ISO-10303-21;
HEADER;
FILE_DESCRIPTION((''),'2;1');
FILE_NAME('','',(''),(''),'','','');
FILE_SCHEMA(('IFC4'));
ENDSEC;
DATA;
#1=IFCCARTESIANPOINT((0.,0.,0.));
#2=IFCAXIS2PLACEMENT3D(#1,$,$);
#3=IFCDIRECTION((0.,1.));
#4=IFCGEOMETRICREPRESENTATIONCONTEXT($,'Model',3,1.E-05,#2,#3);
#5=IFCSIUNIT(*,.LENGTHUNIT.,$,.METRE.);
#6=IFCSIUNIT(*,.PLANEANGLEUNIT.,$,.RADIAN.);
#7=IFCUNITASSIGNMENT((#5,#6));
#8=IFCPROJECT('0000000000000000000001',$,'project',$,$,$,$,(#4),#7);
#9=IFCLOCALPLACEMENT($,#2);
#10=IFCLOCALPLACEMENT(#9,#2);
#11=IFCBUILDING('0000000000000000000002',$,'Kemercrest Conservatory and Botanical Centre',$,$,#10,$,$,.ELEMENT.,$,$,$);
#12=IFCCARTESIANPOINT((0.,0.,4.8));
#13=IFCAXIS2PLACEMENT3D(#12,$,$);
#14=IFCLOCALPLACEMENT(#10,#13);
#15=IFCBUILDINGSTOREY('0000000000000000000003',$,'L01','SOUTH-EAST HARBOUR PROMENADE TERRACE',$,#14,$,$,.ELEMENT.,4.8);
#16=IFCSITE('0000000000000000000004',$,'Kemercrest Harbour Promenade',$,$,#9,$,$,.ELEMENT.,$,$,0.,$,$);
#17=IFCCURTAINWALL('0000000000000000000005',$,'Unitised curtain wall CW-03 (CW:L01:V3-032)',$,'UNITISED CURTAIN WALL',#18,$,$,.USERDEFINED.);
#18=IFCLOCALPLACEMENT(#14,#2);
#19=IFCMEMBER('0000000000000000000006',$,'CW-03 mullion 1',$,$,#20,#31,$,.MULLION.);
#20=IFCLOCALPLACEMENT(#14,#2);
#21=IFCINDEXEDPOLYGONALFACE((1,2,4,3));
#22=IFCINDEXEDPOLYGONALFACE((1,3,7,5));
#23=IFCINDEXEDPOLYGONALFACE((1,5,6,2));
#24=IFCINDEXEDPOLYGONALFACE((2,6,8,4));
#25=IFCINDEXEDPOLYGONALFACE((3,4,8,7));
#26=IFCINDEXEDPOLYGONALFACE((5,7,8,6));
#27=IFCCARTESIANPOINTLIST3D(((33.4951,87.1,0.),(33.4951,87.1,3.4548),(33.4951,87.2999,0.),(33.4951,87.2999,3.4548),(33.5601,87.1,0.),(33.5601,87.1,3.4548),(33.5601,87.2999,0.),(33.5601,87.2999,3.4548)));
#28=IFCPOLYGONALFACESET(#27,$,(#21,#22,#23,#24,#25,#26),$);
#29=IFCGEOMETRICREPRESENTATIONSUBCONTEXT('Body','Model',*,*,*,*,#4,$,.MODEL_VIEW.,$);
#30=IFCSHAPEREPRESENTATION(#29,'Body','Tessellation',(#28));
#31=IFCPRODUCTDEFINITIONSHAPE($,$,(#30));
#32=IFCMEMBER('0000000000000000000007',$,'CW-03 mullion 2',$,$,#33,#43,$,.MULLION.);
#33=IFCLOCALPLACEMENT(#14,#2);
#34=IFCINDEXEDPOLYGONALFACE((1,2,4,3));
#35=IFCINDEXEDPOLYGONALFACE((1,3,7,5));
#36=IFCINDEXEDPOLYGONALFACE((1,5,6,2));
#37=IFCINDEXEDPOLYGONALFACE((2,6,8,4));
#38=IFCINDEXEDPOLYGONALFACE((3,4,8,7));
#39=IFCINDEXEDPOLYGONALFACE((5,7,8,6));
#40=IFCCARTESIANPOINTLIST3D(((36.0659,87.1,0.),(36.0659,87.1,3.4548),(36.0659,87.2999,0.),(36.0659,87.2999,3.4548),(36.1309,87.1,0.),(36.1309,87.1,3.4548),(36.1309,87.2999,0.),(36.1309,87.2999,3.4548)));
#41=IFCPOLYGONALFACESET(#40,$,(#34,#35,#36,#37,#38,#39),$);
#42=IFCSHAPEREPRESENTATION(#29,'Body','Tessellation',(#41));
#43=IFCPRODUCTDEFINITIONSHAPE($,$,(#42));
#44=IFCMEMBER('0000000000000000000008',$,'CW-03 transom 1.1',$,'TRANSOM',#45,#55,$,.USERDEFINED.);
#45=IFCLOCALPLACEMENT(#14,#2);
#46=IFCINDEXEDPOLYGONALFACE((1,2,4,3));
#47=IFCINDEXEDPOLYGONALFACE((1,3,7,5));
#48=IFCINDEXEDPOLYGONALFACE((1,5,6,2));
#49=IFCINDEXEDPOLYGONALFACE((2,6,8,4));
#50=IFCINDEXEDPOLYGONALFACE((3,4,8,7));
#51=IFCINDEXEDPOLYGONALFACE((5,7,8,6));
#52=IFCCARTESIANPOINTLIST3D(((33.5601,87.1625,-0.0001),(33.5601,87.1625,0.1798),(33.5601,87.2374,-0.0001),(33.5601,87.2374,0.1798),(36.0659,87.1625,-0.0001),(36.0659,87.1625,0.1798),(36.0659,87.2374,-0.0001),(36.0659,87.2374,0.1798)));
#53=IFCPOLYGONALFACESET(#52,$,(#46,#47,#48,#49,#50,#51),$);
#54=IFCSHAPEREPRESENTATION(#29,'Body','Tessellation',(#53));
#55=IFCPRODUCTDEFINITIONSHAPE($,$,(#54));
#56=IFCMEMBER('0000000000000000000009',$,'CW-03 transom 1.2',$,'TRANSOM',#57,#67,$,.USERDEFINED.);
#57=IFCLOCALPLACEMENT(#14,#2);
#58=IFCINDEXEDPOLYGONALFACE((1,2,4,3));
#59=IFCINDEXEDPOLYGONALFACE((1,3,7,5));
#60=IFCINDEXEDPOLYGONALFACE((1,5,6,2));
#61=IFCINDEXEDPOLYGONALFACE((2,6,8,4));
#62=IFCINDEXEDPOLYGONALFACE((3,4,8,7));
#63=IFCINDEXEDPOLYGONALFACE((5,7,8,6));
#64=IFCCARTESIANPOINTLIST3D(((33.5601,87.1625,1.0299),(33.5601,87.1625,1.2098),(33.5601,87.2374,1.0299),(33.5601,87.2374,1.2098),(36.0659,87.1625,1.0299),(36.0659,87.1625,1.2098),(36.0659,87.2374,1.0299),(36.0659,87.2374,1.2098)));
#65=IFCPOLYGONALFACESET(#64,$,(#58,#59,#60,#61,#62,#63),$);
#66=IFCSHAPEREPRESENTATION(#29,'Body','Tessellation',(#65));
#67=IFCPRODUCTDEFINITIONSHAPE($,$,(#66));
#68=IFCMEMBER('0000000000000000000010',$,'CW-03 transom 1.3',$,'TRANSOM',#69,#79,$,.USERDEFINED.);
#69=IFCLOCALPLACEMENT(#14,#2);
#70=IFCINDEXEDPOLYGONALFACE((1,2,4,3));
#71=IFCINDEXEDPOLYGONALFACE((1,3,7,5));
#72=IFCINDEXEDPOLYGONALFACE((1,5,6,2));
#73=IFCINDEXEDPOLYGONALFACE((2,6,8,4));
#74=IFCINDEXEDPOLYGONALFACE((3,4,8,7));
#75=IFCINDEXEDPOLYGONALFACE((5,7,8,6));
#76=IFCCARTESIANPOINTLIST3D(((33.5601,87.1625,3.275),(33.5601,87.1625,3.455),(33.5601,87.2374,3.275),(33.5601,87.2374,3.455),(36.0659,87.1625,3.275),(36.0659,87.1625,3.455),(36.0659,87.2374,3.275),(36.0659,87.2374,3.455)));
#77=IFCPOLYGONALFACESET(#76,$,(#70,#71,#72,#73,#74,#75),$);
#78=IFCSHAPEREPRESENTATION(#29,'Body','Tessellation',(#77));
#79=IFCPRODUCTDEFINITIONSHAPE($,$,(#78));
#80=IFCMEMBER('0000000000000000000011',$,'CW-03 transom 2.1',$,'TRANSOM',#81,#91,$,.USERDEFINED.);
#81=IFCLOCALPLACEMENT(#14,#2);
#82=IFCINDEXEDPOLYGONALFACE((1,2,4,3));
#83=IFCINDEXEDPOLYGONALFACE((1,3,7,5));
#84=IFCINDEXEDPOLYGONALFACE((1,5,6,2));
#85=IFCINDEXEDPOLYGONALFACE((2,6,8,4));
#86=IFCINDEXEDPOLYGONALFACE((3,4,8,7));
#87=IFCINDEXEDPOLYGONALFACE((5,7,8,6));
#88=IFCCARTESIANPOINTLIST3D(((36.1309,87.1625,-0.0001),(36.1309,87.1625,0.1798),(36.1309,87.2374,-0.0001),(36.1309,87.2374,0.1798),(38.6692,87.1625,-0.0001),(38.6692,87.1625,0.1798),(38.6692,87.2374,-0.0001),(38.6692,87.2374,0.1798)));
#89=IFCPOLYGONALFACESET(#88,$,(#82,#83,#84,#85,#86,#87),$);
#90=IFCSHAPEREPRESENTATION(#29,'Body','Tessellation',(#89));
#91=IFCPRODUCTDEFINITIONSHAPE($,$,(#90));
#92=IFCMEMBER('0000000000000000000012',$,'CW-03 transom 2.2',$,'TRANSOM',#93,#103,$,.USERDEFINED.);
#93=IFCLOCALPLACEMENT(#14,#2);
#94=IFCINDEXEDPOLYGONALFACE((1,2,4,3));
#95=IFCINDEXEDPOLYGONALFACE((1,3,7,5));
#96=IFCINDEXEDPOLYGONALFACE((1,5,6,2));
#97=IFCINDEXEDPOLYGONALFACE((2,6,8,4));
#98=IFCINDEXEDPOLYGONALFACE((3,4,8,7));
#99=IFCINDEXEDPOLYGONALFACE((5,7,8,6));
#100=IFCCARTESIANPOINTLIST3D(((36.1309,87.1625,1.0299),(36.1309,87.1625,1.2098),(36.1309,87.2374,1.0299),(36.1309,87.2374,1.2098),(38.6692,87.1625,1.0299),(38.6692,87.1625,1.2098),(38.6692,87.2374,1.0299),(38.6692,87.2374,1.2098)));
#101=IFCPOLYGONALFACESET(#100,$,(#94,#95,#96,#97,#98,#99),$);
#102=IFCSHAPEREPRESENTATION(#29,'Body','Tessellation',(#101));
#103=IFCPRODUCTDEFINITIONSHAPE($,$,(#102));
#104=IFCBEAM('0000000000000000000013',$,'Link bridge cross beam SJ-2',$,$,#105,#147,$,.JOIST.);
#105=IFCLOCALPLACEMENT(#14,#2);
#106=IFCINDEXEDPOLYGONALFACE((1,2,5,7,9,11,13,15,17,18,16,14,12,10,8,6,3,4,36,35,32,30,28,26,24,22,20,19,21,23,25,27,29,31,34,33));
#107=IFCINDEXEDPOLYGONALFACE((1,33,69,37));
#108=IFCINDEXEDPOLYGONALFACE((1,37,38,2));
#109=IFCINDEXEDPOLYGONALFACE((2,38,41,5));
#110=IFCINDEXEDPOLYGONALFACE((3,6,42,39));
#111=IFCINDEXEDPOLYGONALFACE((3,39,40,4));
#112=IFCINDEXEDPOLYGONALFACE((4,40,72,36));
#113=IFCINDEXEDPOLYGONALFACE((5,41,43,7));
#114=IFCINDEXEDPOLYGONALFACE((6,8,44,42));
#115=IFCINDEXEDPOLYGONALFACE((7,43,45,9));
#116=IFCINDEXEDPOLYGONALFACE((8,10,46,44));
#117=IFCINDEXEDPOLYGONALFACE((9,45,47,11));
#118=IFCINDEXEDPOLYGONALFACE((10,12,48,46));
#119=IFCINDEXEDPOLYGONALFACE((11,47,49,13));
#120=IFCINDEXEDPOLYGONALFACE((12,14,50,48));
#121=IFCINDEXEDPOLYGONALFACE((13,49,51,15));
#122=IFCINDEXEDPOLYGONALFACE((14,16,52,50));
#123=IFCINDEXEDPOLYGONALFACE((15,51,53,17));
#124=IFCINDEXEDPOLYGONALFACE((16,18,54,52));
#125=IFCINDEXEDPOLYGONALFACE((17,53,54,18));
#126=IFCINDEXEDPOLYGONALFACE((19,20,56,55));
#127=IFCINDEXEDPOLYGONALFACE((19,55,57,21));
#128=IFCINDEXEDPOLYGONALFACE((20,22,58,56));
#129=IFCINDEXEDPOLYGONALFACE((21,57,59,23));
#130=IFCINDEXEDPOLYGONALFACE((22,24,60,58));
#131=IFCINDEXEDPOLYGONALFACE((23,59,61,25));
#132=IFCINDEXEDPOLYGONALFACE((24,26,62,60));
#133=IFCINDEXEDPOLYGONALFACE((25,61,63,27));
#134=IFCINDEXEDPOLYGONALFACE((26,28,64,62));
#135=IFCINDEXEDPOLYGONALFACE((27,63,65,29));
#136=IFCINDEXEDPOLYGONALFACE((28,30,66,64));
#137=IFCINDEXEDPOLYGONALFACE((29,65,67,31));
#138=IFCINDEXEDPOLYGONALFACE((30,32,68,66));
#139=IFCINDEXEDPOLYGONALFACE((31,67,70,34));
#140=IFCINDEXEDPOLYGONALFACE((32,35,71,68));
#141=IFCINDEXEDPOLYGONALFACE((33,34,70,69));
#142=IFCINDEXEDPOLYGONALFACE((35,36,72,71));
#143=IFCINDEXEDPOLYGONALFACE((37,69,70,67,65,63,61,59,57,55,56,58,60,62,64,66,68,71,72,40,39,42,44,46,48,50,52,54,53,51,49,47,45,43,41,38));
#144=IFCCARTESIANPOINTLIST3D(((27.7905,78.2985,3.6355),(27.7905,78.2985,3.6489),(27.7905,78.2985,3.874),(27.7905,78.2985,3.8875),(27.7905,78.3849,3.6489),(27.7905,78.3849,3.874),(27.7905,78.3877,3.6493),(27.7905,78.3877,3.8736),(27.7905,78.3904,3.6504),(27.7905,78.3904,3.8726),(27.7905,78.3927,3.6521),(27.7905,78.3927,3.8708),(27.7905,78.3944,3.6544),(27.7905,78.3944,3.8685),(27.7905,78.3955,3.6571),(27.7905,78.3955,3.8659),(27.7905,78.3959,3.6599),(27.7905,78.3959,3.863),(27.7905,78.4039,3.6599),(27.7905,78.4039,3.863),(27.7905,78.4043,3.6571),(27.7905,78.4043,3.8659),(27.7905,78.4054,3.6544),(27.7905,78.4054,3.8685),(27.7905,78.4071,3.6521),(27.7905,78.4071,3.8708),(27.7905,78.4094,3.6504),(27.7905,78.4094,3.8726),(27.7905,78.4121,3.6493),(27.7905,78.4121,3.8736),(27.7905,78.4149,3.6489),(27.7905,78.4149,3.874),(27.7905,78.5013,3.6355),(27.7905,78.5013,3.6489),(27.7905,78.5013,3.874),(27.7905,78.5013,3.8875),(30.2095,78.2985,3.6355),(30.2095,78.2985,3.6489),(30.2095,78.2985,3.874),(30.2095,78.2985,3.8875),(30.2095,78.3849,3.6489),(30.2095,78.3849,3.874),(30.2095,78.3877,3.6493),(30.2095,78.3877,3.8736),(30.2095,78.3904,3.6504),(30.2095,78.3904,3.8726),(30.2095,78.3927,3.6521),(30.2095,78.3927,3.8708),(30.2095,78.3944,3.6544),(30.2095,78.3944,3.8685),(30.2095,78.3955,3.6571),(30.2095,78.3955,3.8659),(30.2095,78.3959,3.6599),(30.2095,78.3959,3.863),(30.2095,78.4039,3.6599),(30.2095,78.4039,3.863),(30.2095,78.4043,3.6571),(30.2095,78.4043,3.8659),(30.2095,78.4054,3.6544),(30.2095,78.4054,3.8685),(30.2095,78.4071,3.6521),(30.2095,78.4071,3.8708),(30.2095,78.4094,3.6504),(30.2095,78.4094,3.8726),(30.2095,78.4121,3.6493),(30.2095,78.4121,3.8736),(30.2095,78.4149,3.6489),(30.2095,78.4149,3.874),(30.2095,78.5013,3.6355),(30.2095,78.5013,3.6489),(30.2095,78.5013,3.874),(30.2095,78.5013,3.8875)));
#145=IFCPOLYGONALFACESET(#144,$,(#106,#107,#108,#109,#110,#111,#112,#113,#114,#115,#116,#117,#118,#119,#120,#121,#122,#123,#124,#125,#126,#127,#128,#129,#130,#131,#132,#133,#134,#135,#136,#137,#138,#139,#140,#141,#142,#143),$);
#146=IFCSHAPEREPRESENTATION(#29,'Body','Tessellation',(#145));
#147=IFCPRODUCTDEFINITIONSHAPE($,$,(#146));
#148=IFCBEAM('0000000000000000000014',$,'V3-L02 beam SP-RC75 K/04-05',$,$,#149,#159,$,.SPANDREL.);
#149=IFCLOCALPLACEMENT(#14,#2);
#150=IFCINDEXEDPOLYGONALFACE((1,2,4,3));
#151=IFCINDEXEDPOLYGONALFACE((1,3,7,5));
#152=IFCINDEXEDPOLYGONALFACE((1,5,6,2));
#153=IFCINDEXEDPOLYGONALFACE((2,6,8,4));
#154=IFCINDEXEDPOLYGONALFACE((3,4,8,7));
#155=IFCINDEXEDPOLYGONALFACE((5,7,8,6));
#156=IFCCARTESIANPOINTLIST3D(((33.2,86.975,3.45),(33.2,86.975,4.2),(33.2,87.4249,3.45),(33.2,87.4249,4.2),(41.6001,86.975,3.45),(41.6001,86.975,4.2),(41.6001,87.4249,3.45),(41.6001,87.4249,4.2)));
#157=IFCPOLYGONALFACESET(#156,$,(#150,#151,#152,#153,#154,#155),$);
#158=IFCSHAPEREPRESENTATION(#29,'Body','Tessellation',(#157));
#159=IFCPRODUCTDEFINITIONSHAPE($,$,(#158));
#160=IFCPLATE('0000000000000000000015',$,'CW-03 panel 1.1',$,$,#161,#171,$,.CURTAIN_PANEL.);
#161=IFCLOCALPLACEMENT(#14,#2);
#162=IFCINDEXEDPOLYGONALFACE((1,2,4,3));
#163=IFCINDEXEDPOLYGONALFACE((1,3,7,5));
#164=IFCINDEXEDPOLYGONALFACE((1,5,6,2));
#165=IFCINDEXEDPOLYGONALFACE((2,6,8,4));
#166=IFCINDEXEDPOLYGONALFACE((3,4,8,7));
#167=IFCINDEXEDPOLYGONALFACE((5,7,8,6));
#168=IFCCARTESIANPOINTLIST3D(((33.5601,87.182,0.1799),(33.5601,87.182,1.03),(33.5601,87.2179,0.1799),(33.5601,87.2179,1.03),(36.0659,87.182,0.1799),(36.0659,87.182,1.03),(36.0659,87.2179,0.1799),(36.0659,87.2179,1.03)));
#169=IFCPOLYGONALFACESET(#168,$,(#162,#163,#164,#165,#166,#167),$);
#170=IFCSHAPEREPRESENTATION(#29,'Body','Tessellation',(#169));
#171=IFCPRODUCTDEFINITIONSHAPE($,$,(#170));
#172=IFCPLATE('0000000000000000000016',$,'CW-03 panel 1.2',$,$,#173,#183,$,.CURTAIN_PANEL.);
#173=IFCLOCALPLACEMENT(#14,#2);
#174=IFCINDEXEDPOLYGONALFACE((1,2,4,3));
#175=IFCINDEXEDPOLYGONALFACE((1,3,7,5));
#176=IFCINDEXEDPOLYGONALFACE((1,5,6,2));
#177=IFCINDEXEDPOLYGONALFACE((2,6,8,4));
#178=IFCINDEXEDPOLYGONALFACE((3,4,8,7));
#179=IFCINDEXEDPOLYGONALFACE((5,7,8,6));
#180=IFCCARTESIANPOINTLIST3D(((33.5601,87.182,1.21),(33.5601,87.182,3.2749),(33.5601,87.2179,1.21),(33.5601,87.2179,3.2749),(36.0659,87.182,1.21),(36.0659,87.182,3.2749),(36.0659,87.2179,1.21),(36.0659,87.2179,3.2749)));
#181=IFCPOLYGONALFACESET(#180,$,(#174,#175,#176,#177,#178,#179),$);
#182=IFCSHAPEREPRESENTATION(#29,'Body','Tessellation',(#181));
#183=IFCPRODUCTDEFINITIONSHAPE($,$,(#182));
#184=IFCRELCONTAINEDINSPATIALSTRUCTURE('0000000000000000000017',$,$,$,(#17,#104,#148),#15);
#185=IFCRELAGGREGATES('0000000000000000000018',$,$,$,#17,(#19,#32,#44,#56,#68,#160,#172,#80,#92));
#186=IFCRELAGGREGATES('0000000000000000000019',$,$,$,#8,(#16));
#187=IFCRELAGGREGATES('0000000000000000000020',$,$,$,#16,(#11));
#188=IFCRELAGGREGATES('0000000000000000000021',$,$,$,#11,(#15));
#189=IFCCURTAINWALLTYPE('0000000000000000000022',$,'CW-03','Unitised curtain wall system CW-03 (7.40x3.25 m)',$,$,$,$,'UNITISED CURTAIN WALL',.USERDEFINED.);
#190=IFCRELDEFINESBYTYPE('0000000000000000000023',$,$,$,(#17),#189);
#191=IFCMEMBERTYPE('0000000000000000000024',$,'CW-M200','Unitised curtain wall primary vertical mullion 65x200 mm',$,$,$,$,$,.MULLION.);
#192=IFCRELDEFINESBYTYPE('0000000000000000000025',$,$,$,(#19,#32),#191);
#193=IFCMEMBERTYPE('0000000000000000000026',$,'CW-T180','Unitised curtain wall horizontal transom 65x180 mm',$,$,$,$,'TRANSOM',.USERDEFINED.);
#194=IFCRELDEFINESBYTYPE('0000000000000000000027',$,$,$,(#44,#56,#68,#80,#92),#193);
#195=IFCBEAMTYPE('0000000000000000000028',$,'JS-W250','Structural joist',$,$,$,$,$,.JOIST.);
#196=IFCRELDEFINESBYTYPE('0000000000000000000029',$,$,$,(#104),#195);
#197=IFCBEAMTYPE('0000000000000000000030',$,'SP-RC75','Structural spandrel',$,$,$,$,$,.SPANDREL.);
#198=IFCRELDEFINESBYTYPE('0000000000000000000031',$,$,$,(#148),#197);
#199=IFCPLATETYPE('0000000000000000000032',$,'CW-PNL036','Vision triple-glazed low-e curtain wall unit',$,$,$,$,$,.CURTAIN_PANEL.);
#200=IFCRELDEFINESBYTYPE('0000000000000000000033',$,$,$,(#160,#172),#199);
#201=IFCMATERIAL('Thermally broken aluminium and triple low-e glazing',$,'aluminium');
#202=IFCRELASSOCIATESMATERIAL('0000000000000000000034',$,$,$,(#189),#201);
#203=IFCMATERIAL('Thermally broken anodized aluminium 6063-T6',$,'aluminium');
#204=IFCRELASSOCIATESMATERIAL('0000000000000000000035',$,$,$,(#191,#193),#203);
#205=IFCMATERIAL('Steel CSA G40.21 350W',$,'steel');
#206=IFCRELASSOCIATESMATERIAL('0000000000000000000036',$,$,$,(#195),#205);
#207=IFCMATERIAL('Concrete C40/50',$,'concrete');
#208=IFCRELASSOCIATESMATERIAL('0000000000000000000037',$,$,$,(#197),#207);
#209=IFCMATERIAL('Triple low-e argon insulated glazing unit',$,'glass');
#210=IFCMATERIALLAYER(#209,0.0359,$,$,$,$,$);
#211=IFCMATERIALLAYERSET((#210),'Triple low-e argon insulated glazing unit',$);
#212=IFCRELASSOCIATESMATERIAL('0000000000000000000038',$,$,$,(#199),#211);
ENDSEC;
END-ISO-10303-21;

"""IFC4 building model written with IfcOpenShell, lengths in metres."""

from ifc_helpers import new_model, si_unit, direction, frame, origin, origin_2d, place, context, subcontext, project, spatial, rectangle, i_section, extrude, material, layer, layer_set, material_profile, profile_set, type_object, element, aggregate, save


model = new_model("IFC4")

# Units and contexts
model_context = context("Model", 3, precision=1e-05, world=origin(), true_north=direction((0.0, 1.0)))
body_context = subcontext(model_context, "Body", "Model", "MODEL_VIEW")
ifc_project = project(units=[si_unit("LENGTHUNIT", "METRE"), si_unit("PLANEANGLEUNIT", "RADIAN")], contexts=[model_context])

# Site, building, storey
site_placement = place(None, origin())
site = spatial("IfcSite", under=ifc_project, at=site_placement, Name="Kemercrest Harbour Promenade", CompositionType="ELEMENT", RefElevation=0.0)
building_placement = place(site_placement, origin())
building = spatial("IfcBuilding", under=site, at=building_placement, Name="Kemercrest Conservatory and Botanical Centre", CompositionType="ELEMENT")
storey_placement = place(building_placement, frame((0.0, 0.0, 4.8)))
storey = spatial("IfcBuildingStorey", under=building, at=storey_placement, Name="L01", Description="SOUTH-EAST HARBOUR PROMENADE TERRACE", CompositionType="ELEMENT", Elevation=4.8)

# Shared definitions
ifc_material_1 = material(Name="Concrete C40/50", Category="concrete")
ifc_material_2 = material(Name="Steel CSA G40.21 350W", Category="steel")

# Curtain wall, members
ifc_material_3 = material(Name="Thermally broken aluminium and triple low-e glazing", Category="aluminium")
curtain_wall_type = type_object("IfcCurtainWallType", Name="CW-03", Description="Unitised curtain wall system CW-03 (7.40x3.25 m)", ElementType="UNITISED CURTAIN WALL", PredefinedType="USERDEFINED", material=ifc_material_3)
curtain_wall_placement = place(storey_placement, origin())
curtain_wall = element("IfcCurtainWall", 1, at=curtain_wall_placement, inside=storey, type_object=curtain_wall_type, Name="Unitised curtain wall CW-03 (CW:L01:V3-032)", ObjectType="UNITISED CURTAIN WALL", PredefinedType="USERDEFINED")
ifc_material_4 = material(Name="Thermally broken anodized aluminium 6063-T6", Category="aluminium")
ifc_material_profile_1 = material_profile(ifc_material_4, rectangle(XDim=0.2, YDim=0.0649, at=origin_2d()), Name="AL MULLION 65x200")
ifc_profile_set_1 = profile_set([ifc_material_profile_1], Name="Thermally broken anodized aluminium 6063-T6")
member_type_1 = type_object("IfcMemberType", Name="CW-M200", Description="Unitised curtain wall primary vertical mullion 65x200 mm", PredefinedType="MULLION", material=ifc_profile_set_1)
member_1_placement = place(storey_placement, frame((33.5276, 87.2, 0.0), z_axis=(0.0, 0.0, 1.0), x_axis=(0.0, 1.0, 0.0)))
member_1 = element("IfcMember", 2, at=member_1_placement, type_object=member_type_1, Name="CW-03 mullion 1", PredefinedType="MULLION", context=body_context, shape_type="SweptSolid", body=[
    extrude(rectangle(XDim=0.2, YDim=0.0649, at=origin_2d()), origin(), (0.0, 0.0, 1.0), 3.4548),
])
member_2_placement = place(storey_placement, frame((36.0984, 87.2, 0.0), z_axis=(0.0, 0.0, 1.0), x_axis=(0.0, 1.0, 0.0)))
member_2 = element("IfcMember", 3, at=member_2_placement, type_object=member_type_1, Name="CW-03 mullion 2", PredefinedType="MULLION", context=body_context, shape_type="SweptSolid", body=[
    extrude(rectangle(XDim=0.2, YDim=0.0649, at=origin_2d()), origin(), (0.0, 0.0, 1.0), 3.4548),
])
ifc_material_profile_2 = material_profile(ifc_material_4, rectangle(XDim=0.075, YDim=0.1799, at=origin_2d()), Name="AL TRANSOM 75x180")
ifc_profile_set_2 = profile_set([ifc_material_profile_2], Name="Thermally broken anodized aluminium 6063-T6")
member_type_2 = type_object("IfcMemberType", Name="CW-T180", Description="Unitised curtain wall horizontal transom 65x180 mm", ElementType="TRANSOM", PredefinedType="USERDEFINED", material=ifc_profile_set_2)
member_3_placement = place(storey_placement, frame((33.5601, 87.2, 0.0898), z_axis=(1.0, 0.0, 0.0), x_axis=(0.0, 1.0, 0.0)))
member_3 = element("IfcMember", 4, at=member_3_placement, type_object=member_type_2, Name="CW-03 transom 1.1", ObjectType="TRANSOM", PredefinedType="USERDEFINED", context=body_context, shape_type="SweptSolid", body=[
    extrude(rectangle(XDim=0.075, YDim=0.1799, at=origin_2d()), origin(), (0.0, 0.0, 1.0), 2.5059),
])
member_4_placement = place(storey_placement, frame((33.5601, 87.2, 1.1199), z_axis=(1.0, 0.0, 0.0), x_axis=(0.0, 1.0, 0.0)))
member_4 = element("IfcMember", 5, at=member_4_placement, type_object=member_type_2, Name="CW-03 transom 1.2", ObjectType="TRANSOM", PredefinedType="USERDEFINED", context=body_context, shape_type="SweptSolid", body=[
    extrude(rectangle(XDim=0.075, YDim=0.1799, at=origin_2d()), origin(), (0.0, 0.0, 1.0), 2.5059),
])
member_5_placement = place(storey_placement, frame((33.5601, 87.2, 3.365), z_axis=(1.0, 0.0, 0.0), x_axis=(0.0, 1.0, 0.0)))
member_5 = element("IfcMember", 6, at=member_5_placement, type_object=member_type_2, Name="CW-03 transom 1.3", ObjectType="TRANSOM", PredefinedType="USERDEFINED", context=body_context, shape_type="SweptSolid", body=[
    extrude(rectangle(XDim=0.075, YDim=0.1799, at=origin_2d()), origin(), (0.0, 0.0, 1.0), 2.5059),
])
member_6_placement = place(storey_placement, frame((36.1309, 87.2, 0.0898), z_axis=(1.0, 0.0, 0.0), x_axis=(0.0, 1.0, 0.0)))
member_6 = element("IfcMember", 7, at=member_6_placement, type_object=member_type_2, Name="CW-03 transom 2.1", ObjectType="TRANSOM", PredefinedType="USERDEFINED", context=body_context, shape_type="SweptSolid", body=[
    extrude(rectangle(XDim=0.075, YDim=0.1799, at=origin_2d()), origin(), (0.0, 0.0, 1.0), 2.5383),
])
member_7_placement = place(storey_placement, frame((36.1309, 87.2, 1.1199), z_axis=(1.0, 0.0, 0.0), x_axis=(0.0, 1.0, 0.0)))
member_7 = element("IfcMember", 8, at=member_7_placement, type_object=member_type_2, Name="CW-03 transom 2.2", ObjectType="TRANSOM", PredefinedType="USERDEFINED", context=body_context, shape_type="SweptSolid", body=[
    extrude(rectangle(XDim=0.075, YDim=0.1799, at=origin_2d()), origin(), (0.0, 0.0, 1.0), 2.5383),
])

# Beams
ifc_material_profile_3 = material_profile(ifc_material_2, i_section(OverallWidth=0.2029, OverallDepth=0.252, WebThickness=0.0081, FlangeThickness=0.0134, FilletRadius=0.011, at=origin_2d()), Name="W250X58")
ifc_profile_set_3 = profile_set([ifc_material_profile_3], Name="Steel CSA G40.21 350W")
beam_type_1 = type_object("IfcBeamType", Name="JS-W250", Description="Structural joist", PredefinedType="JOIST", material=ifc_profile_set_3)
beam_1_placement = place(storey_placement, frame((27.7905, 78.3999, 3.7615), z_axis=(1.0, 0.0, 0.0), x_axis=(0.0, 1.0, 0.0)))
element("IfcBeam", 9, at=beam_1_placement, inside=storey, type_object=beam_type_1, Name="Link bridge cross beam SJ-2", PredefinedType="JOIST", context=body_context, shape_type="SweptSolid", body=[
    extrude(i_section(OverallWidth=0.2029, OverallDepth=0.252, WebThickness=0.0081, FlangeThickness=0.0134, FilletRadius=0.011, at=origin_2d()), origin(), (0.0, 0.0, 1.0), 2.4189),
])
ifc_material_profile_4 = material_profile(ifc_material_1, rectangle(XDim=0.45, YDim=0.75, at=origin_2d()), Name="RC 450x750")
ifc_profile_set_4 = profile_set([ifc_material_profile_4], Name="Concrete C40/50")
beam_type_2 = type_object("IfcBeamType", Name="SP-RC75", Description="Structural spandrel", PredefinedType="SPANDREL", material=ifc_profile_set_4)
beam_2_placement = place(storey_placement, frame((33.2, 87.2, 3.825), z_axis=(1.0, 0.0, 0.0), x_axis=(0.0, 1.0, 0.0)))
element("IfcBeam", 10, at=beam_2_placement, inside=storey, type_object=beam_type_2, Name="V3-L02 beam SP-RC75 K/04-05", PredefinedType="SPANDREL", context=body_context, shape_type="SweptSolid", body=[
    extrude(rectangle(XDim=0.45, YDim=0.75, at=origin_2d()), origin(), (0.0, 0.0, 1.0), 8.4001),
])

# Plates
ifc_material_5 = material(Name="Triple low-e argon insulated glazing unit", Category="glass")
ifc_layer_1 = layer(ifc_material_5, 0.0359)
ifc_layer_set_1 = layer_set([ifc_layer_1], Name="Triple low-e argon insulated glazing unit")
plate_type = type_object("IfcPlateType", Name="CW-PNL036", Description="Vision triple-glazed low-e curtain wall unit", PredefinedType="CURTAIN_PANEL", material=ifc_layer_set_1)
plate_1_placement = place(storey_placement, frame((34.813, 87.2, 0.1799), z_axis=(0.0, 0.0, 1.0), x_axis=(1.0, 0.0, 0.0)))
plate_1 = element("IfcPlate", 11, at=plate_1_placement, type_object=plate_type, Name="CW-03 panel 1.1", PredefinedType="CURTAIN_PANEL", context=body_context, shape_type="SweptSolid", body=[
    extrude(rectangle(XDim=2.5059, YDim=0.0359, at=origin_2d()), origin(), (0.0, 0.0, 1.0), 0.8501),
])
plate_2_placement = place(storey_placement, frame((34.813, 87.2, 1.21), z_axis=(0.0, 0.0, 1.0), x_axis=(1.0, 0.0, 0.0)))
plate_2 = element("IfcPlate", 12, at=plate_2_placement, type_object=plate_type, Name="CW-03 panel 1.2", PredefinedType="CURTAIN_PANEL", context=body_context, shape_type="SweptSolid", body=[
    extrude(rectangle(XDim=2.5059, YDim=0.0359, at=origin_2d()), origin(), (0.0, 0.0, 1.0), 2.0649),
])
aggregate(curtain_wall, [member_1, member_2, member_3, member_4, member_5, plate_1, plate_2, member_6, member_7])

save(model, "model.ifc")
